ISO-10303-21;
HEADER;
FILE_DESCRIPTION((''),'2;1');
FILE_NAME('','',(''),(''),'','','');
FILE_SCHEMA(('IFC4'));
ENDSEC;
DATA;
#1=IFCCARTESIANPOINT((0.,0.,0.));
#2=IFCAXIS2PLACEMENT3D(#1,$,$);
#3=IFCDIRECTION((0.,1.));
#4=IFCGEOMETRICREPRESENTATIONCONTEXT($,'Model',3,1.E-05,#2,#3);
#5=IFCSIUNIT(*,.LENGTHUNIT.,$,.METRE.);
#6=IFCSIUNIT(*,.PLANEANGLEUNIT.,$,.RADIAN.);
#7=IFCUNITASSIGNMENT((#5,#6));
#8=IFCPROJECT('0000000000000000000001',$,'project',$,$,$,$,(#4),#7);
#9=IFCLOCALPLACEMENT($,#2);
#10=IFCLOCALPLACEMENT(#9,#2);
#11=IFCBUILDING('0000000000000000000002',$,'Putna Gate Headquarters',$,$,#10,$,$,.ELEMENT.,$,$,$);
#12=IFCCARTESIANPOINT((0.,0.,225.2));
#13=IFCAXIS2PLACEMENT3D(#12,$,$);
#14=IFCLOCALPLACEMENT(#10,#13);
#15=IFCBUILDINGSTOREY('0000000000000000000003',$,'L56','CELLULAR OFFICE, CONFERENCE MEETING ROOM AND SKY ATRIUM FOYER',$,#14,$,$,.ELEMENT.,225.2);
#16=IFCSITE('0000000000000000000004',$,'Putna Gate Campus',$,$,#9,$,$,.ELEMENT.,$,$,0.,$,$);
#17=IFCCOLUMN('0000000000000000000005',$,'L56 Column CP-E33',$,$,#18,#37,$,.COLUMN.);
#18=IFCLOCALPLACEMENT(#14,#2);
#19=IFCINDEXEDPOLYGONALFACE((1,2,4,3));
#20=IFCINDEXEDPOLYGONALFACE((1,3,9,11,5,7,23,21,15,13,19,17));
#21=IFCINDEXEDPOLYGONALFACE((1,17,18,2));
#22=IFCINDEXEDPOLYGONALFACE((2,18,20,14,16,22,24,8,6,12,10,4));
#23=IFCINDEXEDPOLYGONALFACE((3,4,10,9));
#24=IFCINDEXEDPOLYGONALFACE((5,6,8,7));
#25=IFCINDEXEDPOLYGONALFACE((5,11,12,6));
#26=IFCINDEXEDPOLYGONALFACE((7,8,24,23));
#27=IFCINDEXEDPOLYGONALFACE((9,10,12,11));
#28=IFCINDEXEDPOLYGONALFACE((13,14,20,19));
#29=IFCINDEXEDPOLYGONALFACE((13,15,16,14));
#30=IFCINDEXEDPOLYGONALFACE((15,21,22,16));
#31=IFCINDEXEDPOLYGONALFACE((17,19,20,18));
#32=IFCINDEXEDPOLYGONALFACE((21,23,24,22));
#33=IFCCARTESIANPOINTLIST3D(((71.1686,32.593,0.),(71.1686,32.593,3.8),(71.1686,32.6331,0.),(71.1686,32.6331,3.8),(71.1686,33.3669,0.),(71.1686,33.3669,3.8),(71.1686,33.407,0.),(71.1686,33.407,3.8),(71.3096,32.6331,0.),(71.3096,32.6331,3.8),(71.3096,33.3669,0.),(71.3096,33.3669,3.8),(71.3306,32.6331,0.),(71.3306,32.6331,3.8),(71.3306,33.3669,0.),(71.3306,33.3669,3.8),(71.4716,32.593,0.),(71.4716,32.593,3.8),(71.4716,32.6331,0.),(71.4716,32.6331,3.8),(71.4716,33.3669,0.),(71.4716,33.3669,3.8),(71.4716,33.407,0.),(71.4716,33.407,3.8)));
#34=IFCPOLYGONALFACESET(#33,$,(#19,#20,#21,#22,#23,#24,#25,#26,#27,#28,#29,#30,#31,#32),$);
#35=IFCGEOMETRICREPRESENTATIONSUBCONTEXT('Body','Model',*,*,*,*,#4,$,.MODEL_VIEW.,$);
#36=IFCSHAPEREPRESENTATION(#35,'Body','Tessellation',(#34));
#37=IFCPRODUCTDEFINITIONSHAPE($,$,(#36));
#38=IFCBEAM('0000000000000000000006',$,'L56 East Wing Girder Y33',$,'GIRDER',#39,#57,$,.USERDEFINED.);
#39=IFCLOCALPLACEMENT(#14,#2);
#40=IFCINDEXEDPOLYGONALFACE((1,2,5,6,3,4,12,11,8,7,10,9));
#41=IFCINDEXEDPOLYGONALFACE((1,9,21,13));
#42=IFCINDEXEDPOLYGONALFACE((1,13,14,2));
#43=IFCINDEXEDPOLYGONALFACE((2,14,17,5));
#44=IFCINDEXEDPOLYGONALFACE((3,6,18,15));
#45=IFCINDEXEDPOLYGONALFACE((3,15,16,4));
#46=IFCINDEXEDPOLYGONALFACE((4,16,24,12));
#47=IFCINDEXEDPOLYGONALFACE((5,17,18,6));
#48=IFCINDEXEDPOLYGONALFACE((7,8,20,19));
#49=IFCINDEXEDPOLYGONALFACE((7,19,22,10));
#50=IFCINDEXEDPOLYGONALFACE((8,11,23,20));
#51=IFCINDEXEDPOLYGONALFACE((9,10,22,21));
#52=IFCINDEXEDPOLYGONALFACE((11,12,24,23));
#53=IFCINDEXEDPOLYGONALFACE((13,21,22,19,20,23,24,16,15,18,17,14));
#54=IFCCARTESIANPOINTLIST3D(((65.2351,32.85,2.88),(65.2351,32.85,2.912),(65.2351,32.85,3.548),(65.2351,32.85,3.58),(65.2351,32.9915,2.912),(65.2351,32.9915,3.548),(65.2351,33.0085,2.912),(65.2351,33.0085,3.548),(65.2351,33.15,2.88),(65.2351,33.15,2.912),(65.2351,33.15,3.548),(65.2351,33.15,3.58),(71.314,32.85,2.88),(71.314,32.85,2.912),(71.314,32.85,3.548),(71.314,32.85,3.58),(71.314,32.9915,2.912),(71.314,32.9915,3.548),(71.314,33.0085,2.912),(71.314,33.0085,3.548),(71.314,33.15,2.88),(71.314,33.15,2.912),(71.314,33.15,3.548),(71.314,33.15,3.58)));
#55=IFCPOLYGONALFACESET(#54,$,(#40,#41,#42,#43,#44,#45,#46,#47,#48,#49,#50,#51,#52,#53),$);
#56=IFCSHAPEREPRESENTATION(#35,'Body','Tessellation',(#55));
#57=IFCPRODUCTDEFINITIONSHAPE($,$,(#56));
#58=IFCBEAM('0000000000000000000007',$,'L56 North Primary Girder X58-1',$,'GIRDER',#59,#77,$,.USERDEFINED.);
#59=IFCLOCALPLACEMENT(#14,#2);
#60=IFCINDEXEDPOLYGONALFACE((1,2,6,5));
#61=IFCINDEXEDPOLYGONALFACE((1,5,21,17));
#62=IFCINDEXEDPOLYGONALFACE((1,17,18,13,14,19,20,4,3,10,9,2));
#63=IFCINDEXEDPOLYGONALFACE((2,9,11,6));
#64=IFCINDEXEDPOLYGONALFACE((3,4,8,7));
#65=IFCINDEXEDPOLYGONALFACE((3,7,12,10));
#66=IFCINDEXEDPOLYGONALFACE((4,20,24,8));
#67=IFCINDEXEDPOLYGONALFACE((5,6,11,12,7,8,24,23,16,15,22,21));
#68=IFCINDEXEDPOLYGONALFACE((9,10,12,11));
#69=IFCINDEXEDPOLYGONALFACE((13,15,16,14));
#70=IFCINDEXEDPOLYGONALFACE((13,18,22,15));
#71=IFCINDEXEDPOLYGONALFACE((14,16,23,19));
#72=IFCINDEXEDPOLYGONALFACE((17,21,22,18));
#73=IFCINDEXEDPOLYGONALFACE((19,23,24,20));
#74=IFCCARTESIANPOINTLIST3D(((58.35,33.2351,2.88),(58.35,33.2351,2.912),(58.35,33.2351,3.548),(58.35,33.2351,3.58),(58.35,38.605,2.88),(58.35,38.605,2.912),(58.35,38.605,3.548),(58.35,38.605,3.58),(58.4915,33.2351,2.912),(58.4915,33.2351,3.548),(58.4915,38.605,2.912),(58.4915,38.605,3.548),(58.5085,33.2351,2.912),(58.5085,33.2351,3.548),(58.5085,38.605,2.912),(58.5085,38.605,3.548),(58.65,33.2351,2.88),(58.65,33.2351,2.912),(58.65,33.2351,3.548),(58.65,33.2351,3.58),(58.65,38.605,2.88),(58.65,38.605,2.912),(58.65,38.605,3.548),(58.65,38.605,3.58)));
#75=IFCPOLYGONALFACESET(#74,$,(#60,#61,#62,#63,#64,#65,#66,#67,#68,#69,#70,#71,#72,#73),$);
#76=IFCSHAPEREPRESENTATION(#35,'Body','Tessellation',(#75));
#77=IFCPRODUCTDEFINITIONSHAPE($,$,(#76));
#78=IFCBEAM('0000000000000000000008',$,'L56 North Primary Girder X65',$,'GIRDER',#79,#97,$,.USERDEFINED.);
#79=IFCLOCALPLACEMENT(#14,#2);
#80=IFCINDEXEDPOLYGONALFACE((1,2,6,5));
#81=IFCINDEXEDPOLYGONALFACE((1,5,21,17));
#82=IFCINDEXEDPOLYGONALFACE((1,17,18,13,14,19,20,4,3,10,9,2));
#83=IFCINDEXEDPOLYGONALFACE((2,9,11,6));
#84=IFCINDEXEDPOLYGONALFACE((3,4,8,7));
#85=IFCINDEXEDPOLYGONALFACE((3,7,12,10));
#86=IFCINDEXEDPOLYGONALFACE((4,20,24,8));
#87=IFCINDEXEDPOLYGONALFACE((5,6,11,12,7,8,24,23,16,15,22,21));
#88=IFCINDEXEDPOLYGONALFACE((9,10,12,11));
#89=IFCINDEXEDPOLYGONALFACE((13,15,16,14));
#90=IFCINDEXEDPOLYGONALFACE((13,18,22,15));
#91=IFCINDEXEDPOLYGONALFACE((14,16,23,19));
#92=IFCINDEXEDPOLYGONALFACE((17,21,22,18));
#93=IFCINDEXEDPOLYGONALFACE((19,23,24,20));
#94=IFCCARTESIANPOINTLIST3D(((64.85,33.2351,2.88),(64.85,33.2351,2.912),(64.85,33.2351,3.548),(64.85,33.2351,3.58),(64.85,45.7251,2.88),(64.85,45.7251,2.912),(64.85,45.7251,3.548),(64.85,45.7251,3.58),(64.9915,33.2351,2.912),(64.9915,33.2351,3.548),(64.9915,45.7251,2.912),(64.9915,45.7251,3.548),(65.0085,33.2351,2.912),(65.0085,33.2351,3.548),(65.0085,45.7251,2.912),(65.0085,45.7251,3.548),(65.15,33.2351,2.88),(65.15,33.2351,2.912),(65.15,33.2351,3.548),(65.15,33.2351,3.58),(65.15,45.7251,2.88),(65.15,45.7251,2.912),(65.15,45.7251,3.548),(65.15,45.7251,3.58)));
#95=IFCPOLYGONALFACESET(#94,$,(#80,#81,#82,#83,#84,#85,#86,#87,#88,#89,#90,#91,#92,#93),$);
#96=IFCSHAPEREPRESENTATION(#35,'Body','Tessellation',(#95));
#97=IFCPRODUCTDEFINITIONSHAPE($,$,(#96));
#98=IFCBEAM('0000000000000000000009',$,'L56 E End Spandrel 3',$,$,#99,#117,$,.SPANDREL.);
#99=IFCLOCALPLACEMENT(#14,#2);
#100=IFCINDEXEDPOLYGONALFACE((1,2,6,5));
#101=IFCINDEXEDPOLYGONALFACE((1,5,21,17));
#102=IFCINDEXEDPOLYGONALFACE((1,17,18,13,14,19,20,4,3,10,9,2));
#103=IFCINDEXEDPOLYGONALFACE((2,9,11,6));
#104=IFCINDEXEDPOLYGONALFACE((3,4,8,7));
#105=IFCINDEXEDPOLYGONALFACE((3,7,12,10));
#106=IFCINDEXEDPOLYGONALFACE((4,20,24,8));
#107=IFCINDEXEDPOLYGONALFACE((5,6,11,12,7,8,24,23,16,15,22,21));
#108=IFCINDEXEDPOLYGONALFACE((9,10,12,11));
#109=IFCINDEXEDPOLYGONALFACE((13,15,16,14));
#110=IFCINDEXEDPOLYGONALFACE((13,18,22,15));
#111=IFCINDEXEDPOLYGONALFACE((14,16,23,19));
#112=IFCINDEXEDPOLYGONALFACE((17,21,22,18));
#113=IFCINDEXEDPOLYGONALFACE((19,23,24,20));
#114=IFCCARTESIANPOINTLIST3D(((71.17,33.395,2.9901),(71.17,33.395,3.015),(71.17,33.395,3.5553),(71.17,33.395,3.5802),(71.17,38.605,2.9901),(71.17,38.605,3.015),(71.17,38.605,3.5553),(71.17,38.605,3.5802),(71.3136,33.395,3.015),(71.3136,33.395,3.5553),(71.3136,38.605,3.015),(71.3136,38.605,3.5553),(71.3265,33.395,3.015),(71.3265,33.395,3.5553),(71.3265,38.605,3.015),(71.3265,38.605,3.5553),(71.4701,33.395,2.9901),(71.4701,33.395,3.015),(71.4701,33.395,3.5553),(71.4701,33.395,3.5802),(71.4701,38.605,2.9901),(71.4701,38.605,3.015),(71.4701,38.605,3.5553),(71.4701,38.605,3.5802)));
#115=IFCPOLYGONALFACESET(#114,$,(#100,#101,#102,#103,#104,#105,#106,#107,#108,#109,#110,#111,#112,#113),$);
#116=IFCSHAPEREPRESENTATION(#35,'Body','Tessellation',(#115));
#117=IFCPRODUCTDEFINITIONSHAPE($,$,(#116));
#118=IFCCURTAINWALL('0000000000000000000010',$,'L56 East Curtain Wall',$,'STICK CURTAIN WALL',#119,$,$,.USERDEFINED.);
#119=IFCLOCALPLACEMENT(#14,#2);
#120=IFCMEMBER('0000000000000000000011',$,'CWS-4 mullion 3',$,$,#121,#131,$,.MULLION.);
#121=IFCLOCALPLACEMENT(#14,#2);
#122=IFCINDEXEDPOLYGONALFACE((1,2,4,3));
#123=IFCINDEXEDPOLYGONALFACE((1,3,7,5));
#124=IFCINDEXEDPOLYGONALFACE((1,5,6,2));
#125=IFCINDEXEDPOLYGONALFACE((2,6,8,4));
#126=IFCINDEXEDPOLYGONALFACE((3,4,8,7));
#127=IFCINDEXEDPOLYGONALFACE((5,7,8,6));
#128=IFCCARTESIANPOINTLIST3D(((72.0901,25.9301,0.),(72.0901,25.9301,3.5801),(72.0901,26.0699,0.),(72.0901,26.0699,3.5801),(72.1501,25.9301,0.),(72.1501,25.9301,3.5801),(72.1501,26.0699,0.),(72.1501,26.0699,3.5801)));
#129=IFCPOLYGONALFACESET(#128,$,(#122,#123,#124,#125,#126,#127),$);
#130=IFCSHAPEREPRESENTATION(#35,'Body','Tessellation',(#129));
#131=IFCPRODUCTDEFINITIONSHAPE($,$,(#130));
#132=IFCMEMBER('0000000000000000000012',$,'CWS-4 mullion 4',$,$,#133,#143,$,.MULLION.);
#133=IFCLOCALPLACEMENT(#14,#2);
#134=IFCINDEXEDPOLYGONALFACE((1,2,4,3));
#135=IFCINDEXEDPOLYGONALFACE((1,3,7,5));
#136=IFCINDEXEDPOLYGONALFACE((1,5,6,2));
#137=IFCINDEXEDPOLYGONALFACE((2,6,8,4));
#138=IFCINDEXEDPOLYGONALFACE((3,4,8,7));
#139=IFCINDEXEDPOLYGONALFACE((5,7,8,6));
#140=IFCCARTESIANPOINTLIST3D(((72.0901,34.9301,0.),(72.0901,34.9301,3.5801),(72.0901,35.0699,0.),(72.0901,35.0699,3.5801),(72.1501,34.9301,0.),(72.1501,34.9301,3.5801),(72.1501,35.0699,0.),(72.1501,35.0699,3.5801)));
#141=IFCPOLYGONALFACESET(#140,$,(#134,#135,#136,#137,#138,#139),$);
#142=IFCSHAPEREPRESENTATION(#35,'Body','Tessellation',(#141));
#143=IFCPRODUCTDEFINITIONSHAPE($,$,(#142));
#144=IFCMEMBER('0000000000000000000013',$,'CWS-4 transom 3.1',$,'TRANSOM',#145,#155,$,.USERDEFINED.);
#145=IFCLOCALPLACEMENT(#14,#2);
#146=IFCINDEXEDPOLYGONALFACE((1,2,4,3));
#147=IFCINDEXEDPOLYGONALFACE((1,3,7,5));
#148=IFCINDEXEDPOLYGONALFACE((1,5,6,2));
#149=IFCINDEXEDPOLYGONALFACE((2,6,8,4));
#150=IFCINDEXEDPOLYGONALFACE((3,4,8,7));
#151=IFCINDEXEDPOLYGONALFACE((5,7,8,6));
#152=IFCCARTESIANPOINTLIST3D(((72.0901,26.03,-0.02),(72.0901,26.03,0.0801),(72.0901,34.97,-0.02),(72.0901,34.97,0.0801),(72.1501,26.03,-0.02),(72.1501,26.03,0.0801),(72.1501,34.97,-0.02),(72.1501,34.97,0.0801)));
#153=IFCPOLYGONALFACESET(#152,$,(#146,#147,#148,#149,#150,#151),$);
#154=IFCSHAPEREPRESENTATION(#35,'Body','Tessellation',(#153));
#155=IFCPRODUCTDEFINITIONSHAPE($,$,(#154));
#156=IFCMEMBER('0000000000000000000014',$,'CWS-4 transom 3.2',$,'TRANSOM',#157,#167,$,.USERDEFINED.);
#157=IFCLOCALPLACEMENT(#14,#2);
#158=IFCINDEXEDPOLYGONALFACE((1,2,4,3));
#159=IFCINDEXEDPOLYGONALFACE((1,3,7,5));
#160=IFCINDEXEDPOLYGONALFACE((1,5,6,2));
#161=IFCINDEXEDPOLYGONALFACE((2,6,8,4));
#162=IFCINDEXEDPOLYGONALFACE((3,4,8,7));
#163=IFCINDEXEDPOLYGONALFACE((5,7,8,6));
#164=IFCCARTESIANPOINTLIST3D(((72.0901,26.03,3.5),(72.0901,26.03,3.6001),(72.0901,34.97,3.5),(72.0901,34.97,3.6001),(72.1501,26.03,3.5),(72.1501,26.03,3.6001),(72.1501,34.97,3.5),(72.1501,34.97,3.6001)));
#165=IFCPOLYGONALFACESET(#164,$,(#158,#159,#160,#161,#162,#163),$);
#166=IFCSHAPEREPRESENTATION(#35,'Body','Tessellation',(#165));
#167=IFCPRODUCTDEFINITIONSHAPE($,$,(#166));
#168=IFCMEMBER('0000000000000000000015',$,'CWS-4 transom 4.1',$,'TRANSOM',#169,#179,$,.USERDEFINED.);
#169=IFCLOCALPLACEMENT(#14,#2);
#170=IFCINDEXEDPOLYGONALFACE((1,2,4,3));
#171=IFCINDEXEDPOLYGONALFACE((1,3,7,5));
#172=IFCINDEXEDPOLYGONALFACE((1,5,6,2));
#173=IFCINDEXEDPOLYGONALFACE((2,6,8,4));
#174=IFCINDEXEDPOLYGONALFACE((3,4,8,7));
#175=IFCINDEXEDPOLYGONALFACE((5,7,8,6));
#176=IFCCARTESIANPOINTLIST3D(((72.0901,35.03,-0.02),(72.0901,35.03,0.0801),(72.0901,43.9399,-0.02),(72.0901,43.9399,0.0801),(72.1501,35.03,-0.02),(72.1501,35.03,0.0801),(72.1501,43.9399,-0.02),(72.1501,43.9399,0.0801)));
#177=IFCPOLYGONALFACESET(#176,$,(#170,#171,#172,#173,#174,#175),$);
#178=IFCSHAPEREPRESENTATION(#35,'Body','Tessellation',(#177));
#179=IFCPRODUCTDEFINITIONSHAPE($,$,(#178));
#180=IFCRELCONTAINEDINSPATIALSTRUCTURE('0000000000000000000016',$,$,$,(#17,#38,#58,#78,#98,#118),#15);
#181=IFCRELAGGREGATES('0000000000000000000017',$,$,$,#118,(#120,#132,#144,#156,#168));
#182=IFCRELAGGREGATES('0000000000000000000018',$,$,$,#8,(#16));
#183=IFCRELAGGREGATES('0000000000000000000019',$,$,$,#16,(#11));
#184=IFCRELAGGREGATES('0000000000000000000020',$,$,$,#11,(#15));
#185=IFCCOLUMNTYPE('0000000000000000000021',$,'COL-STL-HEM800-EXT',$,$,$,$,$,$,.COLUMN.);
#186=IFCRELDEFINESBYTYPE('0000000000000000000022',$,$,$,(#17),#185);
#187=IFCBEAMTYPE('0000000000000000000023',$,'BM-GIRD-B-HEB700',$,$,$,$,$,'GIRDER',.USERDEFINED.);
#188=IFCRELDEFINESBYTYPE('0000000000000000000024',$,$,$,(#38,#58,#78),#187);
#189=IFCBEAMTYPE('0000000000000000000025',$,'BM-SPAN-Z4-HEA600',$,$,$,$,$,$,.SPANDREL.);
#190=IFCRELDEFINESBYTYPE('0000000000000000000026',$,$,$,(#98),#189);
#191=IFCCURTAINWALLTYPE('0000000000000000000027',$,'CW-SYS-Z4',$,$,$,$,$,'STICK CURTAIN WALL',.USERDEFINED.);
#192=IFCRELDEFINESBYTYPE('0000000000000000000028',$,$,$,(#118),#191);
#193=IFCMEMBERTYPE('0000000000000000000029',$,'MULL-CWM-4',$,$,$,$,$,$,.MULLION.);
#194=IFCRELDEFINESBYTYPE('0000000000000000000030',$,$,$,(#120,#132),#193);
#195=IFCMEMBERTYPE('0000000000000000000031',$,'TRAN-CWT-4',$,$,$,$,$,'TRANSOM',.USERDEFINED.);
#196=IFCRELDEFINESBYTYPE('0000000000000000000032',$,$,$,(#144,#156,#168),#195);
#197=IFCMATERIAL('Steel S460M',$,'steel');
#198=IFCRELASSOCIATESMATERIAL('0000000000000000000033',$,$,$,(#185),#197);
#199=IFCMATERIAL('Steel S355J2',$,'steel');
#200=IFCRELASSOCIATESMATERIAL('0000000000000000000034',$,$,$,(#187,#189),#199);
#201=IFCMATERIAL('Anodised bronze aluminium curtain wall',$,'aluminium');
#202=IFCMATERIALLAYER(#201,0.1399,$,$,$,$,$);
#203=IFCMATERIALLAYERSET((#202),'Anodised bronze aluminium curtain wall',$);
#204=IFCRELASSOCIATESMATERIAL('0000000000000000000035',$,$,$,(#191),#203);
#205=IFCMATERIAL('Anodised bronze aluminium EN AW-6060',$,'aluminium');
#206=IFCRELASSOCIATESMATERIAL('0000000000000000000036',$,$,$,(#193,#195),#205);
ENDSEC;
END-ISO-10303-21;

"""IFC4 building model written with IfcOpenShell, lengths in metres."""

from ifc_helpers import new_model, si_unit, direction, frame, origin, origin_2d, place, context, subcontext, project, spatial, rectangle, i_section, extrude, material, layer, layer_set, material_profile, profile_set, type_object, element, aggregate, save


model = new_model("IFC4")

# Units and contexts
model_context = context("Model", 3, precision=1e-05, world=origin(), true_north=direction((0.0, 1.0)))
body_context = subcontext(model_context, "Body", "Model", "MODEL_VIEW")
ifc_project = project(units=[si_unit("LENGTHUNIT", "METRE"), si_unit("PLANEANGLEUNIT", "RADIAN")], contexts=[model_context])

# Site, building, storey
site_placement = place(None, origin())
site = spatial("IfcSite", under=ifc_project, at=site_placement, Name="Putna Gate Campus", CompositionType="ELEMENT", RefElevation=0.0)
building_placement = place(site_placement, origin())
building = spatial("IfcBuilding", under=site, at=building_placement, Name="Putna Gate Headquarters", CompositionType="ELEMENT")
storey_placement = place(building_placement, frame((0.0, 0.0, 225.2)))
storey = spatial("IfcBuildingStorey", under=building, at=storey_placement, Name="L56", Description="CELLULAR OFFICE, CONFERENCE MEETING ROOM AND SKY ATRIUM FOYER", CompositionType="ELEMENT", Elevation=225.2)

# Column
ifc_material_1 = material(Name="Steel S460M", Category="steel")
ifc_material_profile_1 = material_profile(ifc_material_1, i_section(OverallWidth=0.303, OverallDepth=0.814, WebThickness=0.021, FlangeThickness=0.04, at=origin_2d()), Name="Steel S460M")
ifc_profile_set_1 = profile_set([ifc_material_profile_1], Name="Steel S460M")
column_type = type_object("IfcColumnType", Name="COL-STL-HEM800-EXT", PredefinedType="COLUMN", material=ifc_profile_set_1)
column_placement = place(storey_placement, frame((71.3201, 33.0, 0.0), z_axis=(0.0, 0.0, 1.0), x_axis=(1.0, 0.0, 0.0)))
element("IfcColumn", 1, at=column_placement, inside=storey, type_object=column_type, Name="L56 Column CP-E33", PredefinedType="COLUMN", context=body_context, shape_type="SweptSolid", body=[
    extrude(i_section(OverallWidth=0.303, OverallDepth=0.814, WebThickness=0.021, FlangeThickness=0.04, at=origin_2d()), origin(), (0.0, 0.0, 1.0), 3.8),
])

# Beams
ifc_material_2 = material(Name="Steel S355J2", Category="steel")
ifc_material_profile_2 = material_profile(ifc_material_2, i_section(OverallWidth=0.3, OverallDepth=0.7, WebThickness=0.0171, FlangeThickness=0.032, at=origin_2d()), Name="Steel S355J2")
ifc_profile_set_2 = profile_set([ifc_material_profile_2], Name="Steel S355J2")
beam_type_1 = type_object("IfcBeamType", Name="BM-GIRD-B-HEB700", ElementType="GIRDER", PredefinedType="USERDEFINED", material=ifc_profile_set_2)
beam_1_placement = place(storey_placement, frame((65.2351, 33.0, 3.23), z_axis=(1.0, 0.0, 0.0), x_axis=(0.0, 1.0, 0.0)))
element("IfcBeam", 2, at=beam_1_placement, inside=storey, type_object=beam_type_1, Name="L56 East Wing Girder Y33", ObjectType="GIRDER", PredefinedType="USERDEFINED", context=body_context, shape_type="SweptSolid", body=[
    extrude(i_section(OverallWidth=0.3, OverallDepth=0.7, WebThickness=0.0171, FlangeThickness=0.032, at=origin_2d()), origin(), (0.0, 0.0, 1.0), 6.0789),
])
beam_2_placement = place(storey_placement, frame((58.5, 33.2351, 3.23), z_axis=(0.0, 1.0, 0.0), x_axis=(-1.0, 0.0, 0.0)))
element("IfcBeam", 3, at=beam_2_placement, inside=storey, type_object=beam_type_1, Name="L56 North Primary Girder X58-1", ObjectType="GIRDER", PredefinedType="USERDEFINED", context=body_context, shape_type="SweptSolid", body=[
    extrude(i_section(OverallWidth=0.3, OverallDepth=0.7, WebThickness=0.0171, FlangeThickness=0.032, at=origin_2d()), origin(), (0.0, 0.0, 1.0), 5.3699),
])
beam_3_placement = place(storey_placement, frame((65.0, 33.2351, 3.23), z_axis=(0.0, 1.0, 0.0), x_axis=(-1.0, 0.0, 0.0)))
element("IfcBeam", 4, at=beam_3_placement, inside=storey, type_object=beam_type_1, Name="L56 North Primary Girder X65", ObjectType="GIRDER", PredefinedType="USERDEFINED", context=body_context, shape_type="SweptSolid", body=[
    extrude(i_section(OverallWidth=0.3, OverallDepth=0.7, WebThickness=0.0171, FlangeThickness=0.032, at=origin_2d()), origin(), (0.0, 0.0, 1.0), 12.49),
])
ifc_material_profile_3 = material_profile(ifc_material_2, i_section(OverallWidth=0.3, OverallDepth=0.5901, WebThickness=0.0129, FlangeThickness=0.0249, at=origin_2d()), Name="Steel S355J2")
ifc_profile_set_3 = profile_set([ifc_material_profile_3], Name="Steel S355J2")
beam_type_2 = type_object("IfcBeamType", Name="BM-SPAN-Z4-HEA600", PredefinedType="SPANDREL", material=ifc_profile_set_3)
beam_4_placement = place(storey_placement, frame((71.3201, 33.395, 3.2852), z_axis=(0.0, 1.0, 0.0), x_axis=(-1.0, 0.0, 0.0)))
element("IfcBeam", 5, at=beam_4_placement, inside=storey, type_object=beam_type_2, Name="L56 E End Spandrel 3", PredefinedType="SPANDREL", context=body_context, shape_type="SweptSolid", body=[
    extrude(i_section(OverallWidth=0.3, OverallDepth=0.5901, WebThickness=0.0129, FlangeThickness=0.0249, at=origin_2d()), origin(), (0.0, 0.0, 1.0), 5.21),
])

# Curtain wall, members
ifc_material_3 = material(Name="Anodised bronze aluminium curtain wall", Category="aluminium")
ifc_layer_1 = layer(ifc_material_3, 0.1399)
ifc_layer_set_1 = layer_set([ifc_layer_1], Name="Anodised bronze aluminium curtain wall")
curtain_wall_type = type_object("IfcCurtainWallType", Name="CW-SYS-Z4", ElementType="STICK CURTAIN WALL", PredefinedType="USERDEFINED", material=ifc_layer_set_1)
curtain_wall_placement = place(storey_placement, origin())
curtain_wall = element("IfcCurtainWall", 6, at=curtain_wall_placement, inside=storey, type_object=curtain_wall_type, Name="L56 East Curtain Wall", ObjectType="STICK CURTAIN WALL", PredefinedType="USERDEFINED")
ifc_material_4 = material(Name="Anodised bronze aluminium EN AW-6060", Category="aluminium")
ifc_material_profile_4 = material_profile(ifc_material_4, rectangle(XDim=0.0601, YDim=0.1399, at=origin_2d()), Name="Anodised bronze aluminium EN AW-6060")
ifc_profile_set_4 = profile_set([ifc_material_profile_4], Name="Anodised bronze aluminium EN AW-6060")
member_type_1 = type_object("IfcMemberType", Name="MULL-CWM-4", PredefinedType="MULLION", material=ifc_profile_set_4)
member_1_placement = place(storey_placement, frame((72.1201, 26.0, 0.0), z_axis=(0.0, 0.0, 1.0), x_axis=(-1.0, 0.0, 0.0)))
member_1 = element("IfcMember", 7, at=member_1_placement, type_object=member_type_1, Name="CWS-4 mullion 3", PredefinedType="MULLION", context=body_context, shape_type="SweptSolid", body=[
    extrude(rectangle(XDim=0.0601, YDim=0.1399, at=origin_2d()), origin(), (0.0, 0.0, 1.0), 3.5801),
])
member_2_placement = place(storey_placement, frame((72.1201, 35.0, 0.0), z_axis=(0.0, 0.0, 1.0), x_axis=(-1.0, 0.0, 0.0)))
member_2 = element("IfcMember", 8, at=member_2_placement, type_object=member_type_1, Name="CWS-4 mullion 4", PredefinedType="MULLION", context=body_context, shape_type="SweptSolid", body=[
    extrude(rectangle(XDim=0.0601, YDim=0.1399, at=origin_2d()), origin(), (0.0, 0.0, 1.0), 3.5801),
])
ifc_material_profile_5 = material_profile(ifc_material_4, rectangle(XDim=0.0601, YDim=0.1001, at=origin_2d()), Name="Anodised bronze aluminium EN AW-6060")
ifc_profile_set_5 = profile_set([ifc_material_profile_5], Name="Anodised bronze aluminium EN AW-6060")
member_type_2 = type_object("IfcMemberType", Name="TRAN-CWT-4", ElementType="TRANSOM", PredefinedType="USERDEFINED", material=ifc_profile_set_5)
member_3_placement = place(storey_placement, frame((72.1201, 26.03, 0.03), z_axis=(0.0, 1.0, 0.0), x_axis=(-1.0, 0.0, 0.0)))
member_3 = element("IfcMember", 9, at=member_3_placement, type_object=member_type_2, Name="CWS-4 transom 3.1", ObjectType="TRANSOM", PredefinedType="USERDEFINED", context=body_context, shape_type="SweptSolid", body=[
    extrude(rectangle(XDim=0.0601, YDim=0.1001, at=origin_2d()), origin(), (0.0, 0.0, 1.0), 8.9399),
])
member_4_placement = place(storey_placement, frame((72.1201, 26.03, 3.55), z_axis=(0.0, 1.0, 0.0), x_axis=(-1.0, 0.0, 0.0)))
member_4 = element("IfcMember", 10, at=member_4_placement, type_object=member_type_2, Name="CWS-4 transom 3.2", ObjectType="TRANSOM", PredefinedType="USERDEFINED", context=body_context, shape_type="SweptSolid", body=[
    extrude(rectangle(XDim=0.0601, YDim=0.1001, at=origin_2d()), origin(), (0.0, 0.0, 1.0), 8.9399),
])
member_5_placement = place(storey_placement, frame((72.1201, 35.03, 0.03), z_axis=(0.0, 1.0, 0.0), x_axis=(-1.0, 0.0, 0.0)))
member_5 = element("IfcMember", 11, at=member_5_placement, type_object=member_type_2, Name="CWS-4 transom 4.1", ObjectType="TRANSOM", PredefinedType="USERDEFINED", context=body_context, shape_type="SweptSolid", body=[
    extrude(rectangle(XDim=0.0601, YDim=0.1001, at=origin_2d()), origin(), (0.0, 0.0, 1.0), 8.9099),
])
aggregate(curtain_wall, [member_1, member_2, member_3, member_4, member_5])

save(model, "model.ifc")
